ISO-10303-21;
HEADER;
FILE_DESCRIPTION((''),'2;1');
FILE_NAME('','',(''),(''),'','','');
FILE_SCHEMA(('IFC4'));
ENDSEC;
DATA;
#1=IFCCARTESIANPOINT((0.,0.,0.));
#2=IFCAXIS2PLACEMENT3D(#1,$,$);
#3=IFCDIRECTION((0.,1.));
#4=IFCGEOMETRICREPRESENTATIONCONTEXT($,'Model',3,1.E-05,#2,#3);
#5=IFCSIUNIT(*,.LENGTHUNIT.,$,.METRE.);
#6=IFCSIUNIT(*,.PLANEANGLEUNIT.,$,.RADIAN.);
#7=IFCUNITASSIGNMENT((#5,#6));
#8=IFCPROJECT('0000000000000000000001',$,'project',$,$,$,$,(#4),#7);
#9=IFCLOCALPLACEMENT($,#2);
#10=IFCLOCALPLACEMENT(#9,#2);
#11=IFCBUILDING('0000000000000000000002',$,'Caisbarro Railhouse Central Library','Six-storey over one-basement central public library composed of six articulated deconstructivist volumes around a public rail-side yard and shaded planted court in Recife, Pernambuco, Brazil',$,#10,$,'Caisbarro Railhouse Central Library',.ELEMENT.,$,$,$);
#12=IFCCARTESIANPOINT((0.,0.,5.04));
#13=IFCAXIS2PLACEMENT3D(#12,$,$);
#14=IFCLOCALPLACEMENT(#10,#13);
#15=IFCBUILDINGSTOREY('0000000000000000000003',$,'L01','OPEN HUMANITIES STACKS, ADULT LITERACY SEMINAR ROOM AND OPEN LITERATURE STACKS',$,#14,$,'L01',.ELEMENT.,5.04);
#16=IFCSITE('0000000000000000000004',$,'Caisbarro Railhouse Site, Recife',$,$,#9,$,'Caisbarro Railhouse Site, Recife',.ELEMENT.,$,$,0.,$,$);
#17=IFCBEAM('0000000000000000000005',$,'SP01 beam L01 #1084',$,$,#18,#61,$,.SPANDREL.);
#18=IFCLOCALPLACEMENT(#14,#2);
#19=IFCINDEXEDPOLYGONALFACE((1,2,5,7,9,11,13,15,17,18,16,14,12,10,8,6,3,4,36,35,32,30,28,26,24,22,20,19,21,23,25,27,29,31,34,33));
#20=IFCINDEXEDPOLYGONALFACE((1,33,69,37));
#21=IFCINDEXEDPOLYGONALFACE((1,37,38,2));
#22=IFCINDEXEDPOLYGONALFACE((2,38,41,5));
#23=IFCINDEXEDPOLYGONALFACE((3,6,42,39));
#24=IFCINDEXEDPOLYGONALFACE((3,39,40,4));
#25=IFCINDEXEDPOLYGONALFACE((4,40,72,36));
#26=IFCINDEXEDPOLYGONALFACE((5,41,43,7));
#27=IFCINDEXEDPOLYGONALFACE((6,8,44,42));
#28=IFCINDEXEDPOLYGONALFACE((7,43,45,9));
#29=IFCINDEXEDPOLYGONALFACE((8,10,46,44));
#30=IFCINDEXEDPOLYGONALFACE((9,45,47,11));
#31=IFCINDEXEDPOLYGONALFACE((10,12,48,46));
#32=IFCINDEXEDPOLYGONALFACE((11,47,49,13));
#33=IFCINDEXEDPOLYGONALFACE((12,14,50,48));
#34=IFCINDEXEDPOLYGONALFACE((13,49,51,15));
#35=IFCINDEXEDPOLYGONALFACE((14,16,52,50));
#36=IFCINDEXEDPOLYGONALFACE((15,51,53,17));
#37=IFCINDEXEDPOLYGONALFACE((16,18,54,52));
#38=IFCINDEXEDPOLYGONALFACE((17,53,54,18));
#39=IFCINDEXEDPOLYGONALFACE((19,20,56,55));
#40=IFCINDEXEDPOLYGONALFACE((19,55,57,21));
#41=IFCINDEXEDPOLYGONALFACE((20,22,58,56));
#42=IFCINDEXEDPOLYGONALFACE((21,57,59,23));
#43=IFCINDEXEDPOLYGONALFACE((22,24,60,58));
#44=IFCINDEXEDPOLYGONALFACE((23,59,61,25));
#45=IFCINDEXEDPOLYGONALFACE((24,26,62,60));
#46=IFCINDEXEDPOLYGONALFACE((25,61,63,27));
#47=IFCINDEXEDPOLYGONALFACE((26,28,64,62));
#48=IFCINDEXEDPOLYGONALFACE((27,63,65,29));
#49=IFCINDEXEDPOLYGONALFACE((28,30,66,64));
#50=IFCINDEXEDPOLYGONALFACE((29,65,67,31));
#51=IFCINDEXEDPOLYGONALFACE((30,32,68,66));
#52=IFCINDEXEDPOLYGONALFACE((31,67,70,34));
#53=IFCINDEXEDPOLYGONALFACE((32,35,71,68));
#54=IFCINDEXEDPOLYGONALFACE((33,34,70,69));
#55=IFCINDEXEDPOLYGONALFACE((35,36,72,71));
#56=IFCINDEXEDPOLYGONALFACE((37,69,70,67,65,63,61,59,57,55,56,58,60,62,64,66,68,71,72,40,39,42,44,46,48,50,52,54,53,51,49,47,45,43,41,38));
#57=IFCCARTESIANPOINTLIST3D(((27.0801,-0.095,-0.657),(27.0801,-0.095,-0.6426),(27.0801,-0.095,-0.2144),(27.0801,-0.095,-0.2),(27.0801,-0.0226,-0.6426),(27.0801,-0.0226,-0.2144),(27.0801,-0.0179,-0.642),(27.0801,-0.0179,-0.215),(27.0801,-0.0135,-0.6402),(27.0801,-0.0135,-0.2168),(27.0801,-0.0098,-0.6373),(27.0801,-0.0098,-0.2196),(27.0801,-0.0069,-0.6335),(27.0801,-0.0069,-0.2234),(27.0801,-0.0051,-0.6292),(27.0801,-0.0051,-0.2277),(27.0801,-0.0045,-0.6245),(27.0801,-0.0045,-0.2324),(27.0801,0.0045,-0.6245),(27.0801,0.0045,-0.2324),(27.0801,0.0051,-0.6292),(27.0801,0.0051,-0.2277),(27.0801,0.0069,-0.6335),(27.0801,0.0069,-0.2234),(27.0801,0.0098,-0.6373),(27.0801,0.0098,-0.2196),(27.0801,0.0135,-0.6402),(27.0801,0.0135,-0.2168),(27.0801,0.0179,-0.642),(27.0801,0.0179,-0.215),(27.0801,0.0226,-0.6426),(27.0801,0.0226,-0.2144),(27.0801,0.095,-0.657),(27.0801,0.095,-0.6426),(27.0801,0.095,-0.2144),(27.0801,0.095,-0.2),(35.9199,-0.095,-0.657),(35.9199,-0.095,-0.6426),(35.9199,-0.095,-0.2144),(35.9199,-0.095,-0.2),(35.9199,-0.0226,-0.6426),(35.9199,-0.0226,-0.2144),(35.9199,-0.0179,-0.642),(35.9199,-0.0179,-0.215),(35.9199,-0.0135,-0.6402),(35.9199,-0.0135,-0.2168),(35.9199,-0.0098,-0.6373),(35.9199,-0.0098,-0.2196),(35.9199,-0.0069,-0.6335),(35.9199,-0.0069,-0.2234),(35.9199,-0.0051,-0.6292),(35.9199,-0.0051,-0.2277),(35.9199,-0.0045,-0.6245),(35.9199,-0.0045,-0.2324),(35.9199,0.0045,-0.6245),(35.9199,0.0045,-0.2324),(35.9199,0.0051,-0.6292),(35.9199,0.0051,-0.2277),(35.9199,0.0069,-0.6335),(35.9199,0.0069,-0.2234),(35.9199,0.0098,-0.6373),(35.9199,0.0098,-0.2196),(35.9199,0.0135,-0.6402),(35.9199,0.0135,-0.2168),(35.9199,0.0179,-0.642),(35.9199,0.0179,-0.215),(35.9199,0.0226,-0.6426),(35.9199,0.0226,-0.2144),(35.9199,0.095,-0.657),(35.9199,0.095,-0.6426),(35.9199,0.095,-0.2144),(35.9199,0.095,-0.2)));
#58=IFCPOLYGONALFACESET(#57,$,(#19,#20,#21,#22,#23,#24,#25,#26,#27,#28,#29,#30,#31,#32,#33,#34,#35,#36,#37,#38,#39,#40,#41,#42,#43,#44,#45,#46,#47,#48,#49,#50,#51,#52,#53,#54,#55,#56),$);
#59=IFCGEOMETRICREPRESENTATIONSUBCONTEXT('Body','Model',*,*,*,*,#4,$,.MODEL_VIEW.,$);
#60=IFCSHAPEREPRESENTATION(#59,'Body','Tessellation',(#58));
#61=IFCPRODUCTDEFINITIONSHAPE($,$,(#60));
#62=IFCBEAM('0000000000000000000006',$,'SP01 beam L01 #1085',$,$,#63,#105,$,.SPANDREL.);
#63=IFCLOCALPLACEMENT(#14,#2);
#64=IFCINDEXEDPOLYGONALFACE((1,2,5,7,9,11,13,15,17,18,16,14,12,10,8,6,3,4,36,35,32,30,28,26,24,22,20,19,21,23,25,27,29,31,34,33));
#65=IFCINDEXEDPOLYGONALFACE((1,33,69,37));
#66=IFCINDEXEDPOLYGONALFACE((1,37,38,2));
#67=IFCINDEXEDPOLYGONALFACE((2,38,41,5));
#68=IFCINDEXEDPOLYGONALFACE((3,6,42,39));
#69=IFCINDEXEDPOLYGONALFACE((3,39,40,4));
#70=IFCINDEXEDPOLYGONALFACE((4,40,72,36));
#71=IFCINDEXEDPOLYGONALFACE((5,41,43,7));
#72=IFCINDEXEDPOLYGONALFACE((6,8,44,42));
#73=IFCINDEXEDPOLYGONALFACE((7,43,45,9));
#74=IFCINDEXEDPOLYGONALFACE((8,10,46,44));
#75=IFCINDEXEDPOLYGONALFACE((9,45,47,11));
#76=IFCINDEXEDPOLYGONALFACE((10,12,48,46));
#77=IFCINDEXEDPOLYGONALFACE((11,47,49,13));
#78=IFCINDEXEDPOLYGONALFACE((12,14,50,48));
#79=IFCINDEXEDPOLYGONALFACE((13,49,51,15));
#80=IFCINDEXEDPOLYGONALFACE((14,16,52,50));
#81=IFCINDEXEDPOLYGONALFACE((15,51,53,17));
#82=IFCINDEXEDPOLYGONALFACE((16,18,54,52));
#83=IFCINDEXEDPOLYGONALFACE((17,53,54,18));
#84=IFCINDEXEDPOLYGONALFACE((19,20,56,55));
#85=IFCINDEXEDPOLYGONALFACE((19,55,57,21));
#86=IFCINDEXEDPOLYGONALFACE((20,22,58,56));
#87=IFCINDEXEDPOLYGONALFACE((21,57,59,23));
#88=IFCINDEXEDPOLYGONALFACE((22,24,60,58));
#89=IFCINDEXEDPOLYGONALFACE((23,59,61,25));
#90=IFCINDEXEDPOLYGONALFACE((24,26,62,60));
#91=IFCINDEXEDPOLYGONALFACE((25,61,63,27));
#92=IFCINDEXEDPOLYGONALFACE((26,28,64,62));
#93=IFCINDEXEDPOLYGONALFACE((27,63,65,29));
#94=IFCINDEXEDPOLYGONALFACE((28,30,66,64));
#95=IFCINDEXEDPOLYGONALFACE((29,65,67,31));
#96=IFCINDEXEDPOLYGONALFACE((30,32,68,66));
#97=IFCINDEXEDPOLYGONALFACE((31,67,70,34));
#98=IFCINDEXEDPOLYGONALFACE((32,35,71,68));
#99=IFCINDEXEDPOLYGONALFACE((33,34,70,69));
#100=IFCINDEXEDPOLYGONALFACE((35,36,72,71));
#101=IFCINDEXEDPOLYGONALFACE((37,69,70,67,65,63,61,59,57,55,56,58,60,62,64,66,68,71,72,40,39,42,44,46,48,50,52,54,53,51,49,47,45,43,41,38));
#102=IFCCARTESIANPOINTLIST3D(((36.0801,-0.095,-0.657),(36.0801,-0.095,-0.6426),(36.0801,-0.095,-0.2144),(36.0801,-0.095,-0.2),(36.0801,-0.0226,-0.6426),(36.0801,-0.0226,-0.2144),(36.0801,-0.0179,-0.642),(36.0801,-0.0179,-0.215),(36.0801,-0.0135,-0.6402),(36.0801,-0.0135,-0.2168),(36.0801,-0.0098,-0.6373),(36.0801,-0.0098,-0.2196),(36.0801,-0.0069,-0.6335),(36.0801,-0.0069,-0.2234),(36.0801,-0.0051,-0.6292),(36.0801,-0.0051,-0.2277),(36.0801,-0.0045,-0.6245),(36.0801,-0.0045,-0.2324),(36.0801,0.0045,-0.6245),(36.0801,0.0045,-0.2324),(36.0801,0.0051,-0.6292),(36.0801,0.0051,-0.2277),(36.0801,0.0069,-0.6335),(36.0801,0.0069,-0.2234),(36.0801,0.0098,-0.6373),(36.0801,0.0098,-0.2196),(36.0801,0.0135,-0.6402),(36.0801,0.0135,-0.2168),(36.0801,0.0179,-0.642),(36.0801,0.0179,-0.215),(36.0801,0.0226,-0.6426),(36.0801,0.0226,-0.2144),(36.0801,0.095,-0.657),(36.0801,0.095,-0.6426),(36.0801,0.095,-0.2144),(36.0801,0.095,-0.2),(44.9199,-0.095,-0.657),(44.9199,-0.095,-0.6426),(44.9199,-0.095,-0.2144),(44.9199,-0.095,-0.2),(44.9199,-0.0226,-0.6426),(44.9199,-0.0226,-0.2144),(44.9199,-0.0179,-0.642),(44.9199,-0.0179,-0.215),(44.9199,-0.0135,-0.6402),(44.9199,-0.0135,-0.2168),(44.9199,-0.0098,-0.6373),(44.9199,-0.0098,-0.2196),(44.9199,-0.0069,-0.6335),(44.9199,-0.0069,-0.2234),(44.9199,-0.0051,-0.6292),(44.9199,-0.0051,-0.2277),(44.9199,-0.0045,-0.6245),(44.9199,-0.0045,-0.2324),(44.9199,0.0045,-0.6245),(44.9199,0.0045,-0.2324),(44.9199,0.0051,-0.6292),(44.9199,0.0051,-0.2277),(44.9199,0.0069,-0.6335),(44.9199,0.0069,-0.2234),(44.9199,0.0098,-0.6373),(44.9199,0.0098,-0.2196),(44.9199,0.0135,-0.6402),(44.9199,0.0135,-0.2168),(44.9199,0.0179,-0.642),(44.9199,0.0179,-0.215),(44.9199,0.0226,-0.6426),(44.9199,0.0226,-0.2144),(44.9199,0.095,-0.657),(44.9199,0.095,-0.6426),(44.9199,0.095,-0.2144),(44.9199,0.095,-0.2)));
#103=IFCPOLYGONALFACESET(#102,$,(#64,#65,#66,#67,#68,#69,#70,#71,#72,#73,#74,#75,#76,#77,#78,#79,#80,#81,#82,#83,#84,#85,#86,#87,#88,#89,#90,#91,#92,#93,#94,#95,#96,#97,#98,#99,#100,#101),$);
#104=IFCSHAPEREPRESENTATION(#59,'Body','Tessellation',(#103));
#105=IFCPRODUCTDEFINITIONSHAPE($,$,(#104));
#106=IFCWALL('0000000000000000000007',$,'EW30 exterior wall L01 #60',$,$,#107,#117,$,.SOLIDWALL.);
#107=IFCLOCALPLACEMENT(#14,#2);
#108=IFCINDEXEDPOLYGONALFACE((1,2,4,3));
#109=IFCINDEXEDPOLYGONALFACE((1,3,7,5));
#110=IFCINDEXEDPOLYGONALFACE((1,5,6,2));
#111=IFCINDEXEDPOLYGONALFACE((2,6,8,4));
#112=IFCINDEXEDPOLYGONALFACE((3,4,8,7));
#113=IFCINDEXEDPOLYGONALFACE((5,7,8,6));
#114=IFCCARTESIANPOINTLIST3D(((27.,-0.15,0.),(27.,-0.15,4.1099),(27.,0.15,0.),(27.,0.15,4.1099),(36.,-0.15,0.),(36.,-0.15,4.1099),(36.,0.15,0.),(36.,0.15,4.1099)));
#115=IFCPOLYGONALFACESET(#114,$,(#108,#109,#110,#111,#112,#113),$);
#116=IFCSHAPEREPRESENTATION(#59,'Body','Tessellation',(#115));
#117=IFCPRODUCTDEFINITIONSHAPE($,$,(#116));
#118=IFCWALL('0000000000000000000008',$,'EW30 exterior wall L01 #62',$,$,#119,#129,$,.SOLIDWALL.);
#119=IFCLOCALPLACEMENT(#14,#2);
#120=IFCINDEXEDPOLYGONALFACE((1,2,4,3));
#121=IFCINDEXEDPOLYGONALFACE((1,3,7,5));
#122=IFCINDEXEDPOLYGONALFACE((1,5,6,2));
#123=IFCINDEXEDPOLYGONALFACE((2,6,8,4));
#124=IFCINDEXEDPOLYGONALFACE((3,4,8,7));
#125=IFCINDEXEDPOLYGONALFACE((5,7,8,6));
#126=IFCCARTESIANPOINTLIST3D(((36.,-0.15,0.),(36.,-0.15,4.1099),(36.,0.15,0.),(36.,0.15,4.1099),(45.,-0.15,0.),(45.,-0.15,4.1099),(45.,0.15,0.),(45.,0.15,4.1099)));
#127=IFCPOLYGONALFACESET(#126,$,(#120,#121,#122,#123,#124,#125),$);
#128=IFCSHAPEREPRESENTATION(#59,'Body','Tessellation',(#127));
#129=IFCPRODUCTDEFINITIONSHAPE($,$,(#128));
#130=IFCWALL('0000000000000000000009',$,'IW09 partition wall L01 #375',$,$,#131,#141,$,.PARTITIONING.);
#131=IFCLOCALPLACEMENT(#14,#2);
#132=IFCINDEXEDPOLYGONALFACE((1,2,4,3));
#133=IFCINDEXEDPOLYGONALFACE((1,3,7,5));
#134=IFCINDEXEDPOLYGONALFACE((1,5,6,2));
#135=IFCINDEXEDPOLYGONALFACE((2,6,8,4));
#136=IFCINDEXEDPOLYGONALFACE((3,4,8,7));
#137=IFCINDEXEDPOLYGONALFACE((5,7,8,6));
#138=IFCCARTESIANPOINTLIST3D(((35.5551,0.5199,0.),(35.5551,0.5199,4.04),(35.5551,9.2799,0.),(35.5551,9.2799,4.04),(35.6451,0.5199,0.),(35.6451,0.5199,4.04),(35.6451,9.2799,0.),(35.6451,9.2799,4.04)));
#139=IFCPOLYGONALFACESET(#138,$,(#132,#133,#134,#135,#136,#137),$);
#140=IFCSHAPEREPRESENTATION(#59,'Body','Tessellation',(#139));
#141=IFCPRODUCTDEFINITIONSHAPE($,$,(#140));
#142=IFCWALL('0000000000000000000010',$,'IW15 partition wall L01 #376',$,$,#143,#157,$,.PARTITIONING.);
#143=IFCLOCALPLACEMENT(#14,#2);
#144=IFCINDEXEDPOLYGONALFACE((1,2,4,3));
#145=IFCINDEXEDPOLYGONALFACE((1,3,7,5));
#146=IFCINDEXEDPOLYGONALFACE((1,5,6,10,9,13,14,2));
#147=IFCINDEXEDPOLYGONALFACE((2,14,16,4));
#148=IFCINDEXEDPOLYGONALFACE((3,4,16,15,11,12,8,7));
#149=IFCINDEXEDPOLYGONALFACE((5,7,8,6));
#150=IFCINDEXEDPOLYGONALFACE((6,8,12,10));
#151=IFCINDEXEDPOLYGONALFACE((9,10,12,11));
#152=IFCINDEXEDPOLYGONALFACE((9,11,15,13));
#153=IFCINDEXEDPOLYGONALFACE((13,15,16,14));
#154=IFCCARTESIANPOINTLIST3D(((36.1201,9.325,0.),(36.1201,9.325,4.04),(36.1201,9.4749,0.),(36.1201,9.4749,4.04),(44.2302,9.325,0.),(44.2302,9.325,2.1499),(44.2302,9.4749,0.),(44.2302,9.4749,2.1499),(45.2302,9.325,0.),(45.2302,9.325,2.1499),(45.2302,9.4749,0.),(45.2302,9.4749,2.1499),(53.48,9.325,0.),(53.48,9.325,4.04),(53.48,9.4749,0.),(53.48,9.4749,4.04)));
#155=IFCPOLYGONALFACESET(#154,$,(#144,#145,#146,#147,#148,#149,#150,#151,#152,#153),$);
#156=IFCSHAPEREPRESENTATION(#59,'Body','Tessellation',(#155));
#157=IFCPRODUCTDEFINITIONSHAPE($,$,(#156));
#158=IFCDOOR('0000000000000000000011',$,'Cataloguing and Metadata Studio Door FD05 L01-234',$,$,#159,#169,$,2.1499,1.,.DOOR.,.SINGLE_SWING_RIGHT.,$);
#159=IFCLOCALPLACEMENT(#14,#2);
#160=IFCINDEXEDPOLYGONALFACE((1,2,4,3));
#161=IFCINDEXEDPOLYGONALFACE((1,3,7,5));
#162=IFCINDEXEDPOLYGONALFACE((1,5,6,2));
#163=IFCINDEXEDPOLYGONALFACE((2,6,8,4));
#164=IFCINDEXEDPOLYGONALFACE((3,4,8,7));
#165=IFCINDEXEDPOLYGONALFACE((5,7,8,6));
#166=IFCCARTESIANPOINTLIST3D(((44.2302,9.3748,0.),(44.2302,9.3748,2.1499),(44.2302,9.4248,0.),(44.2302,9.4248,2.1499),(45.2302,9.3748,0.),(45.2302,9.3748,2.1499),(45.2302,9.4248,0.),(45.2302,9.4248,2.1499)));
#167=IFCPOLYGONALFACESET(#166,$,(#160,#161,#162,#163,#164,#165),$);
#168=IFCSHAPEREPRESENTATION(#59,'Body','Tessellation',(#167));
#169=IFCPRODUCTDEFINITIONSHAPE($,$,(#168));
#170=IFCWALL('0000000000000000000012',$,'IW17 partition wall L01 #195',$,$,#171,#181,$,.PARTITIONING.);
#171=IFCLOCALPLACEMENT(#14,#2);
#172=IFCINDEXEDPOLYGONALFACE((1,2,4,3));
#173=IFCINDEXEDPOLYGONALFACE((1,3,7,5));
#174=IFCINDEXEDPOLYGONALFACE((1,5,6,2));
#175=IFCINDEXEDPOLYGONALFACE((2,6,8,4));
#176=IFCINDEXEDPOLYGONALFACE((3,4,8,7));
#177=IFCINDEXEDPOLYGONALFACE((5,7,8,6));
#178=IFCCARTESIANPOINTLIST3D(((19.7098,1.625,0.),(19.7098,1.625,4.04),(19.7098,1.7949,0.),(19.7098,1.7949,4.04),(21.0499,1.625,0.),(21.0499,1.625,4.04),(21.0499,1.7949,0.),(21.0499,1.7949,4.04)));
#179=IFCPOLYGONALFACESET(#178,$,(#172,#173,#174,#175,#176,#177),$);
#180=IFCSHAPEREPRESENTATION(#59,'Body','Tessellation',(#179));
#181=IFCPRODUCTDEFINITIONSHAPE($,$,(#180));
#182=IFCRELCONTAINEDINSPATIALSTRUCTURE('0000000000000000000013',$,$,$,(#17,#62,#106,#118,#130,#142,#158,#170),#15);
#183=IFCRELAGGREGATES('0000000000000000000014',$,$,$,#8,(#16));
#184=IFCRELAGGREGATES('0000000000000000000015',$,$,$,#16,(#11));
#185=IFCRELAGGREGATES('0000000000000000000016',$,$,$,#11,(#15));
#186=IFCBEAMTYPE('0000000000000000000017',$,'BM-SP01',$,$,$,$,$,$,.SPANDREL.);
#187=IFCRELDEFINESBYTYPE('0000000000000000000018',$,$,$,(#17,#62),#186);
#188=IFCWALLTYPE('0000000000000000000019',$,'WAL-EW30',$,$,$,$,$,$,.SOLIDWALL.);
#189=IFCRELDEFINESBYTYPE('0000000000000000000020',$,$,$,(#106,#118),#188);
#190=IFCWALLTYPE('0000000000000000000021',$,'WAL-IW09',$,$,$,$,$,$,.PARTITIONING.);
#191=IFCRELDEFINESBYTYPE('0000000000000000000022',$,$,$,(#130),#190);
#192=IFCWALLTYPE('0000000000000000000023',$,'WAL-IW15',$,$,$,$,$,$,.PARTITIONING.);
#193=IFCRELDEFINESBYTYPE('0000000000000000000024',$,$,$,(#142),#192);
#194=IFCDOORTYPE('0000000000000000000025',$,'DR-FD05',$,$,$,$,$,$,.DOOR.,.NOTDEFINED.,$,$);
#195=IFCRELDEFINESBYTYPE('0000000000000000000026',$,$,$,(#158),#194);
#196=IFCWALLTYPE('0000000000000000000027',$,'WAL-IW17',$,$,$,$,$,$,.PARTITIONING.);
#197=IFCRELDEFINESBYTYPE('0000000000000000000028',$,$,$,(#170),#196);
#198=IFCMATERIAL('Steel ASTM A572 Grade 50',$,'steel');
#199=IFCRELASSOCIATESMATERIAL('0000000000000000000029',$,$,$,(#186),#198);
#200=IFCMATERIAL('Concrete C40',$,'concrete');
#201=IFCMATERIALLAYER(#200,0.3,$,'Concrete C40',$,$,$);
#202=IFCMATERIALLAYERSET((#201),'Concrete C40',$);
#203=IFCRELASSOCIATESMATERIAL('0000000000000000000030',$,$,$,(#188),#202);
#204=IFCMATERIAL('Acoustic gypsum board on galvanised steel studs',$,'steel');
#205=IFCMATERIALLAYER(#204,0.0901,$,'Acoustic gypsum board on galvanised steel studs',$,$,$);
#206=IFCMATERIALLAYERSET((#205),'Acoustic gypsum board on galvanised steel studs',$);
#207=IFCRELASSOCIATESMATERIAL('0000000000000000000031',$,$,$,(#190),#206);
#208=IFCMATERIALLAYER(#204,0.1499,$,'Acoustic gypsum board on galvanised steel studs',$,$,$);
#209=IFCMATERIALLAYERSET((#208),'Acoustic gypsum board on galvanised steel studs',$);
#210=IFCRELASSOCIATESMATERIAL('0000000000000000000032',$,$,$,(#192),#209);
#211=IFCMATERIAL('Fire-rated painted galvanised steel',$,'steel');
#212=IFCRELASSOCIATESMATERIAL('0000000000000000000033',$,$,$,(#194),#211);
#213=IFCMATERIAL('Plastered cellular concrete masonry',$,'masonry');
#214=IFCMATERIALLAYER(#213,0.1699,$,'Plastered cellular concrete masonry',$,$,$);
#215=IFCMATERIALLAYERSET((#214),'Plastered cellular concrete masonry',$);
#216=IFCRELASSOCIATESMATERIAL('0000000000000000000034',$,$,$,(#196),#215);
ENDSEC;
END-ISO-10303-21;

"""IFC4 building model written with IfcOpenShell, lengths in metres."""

from ifc_helpers import new_model, si_unit, direction, frame, frame_2d, origin, origin_2d, place, context, subcontext, project, spatial, rectangle, i_section, extrude, material, layer, layer_set, material_profile, profile_set, type_object, element, fill, save


model = new_model("IFC4")

# Units and contexts
model_context = context("Model", 3, precision=1e-05, world=origin(), true_north=direction((0.0, 1.0)))
body_context = subcontext(model_context, "Body", "Model", "MODEL_VIEW")
ifc_project = project(units=[si_unit("LENGTHUNIT", "METRE"), si_unit("PLANEANGLEUNIT", "RADIAN")], contexts=[model_context])

# Site, building, storey
site_placement = place(None, origin())
site = spatial("IfcSite", under=ifc_project, at=site_placement, Name="Caisbarro Railhouse Site, Recife", LongName="Caisbarro Railhouse Site, Recife", CompositionType="ELEMENT", RefElevation=0.0)
building_placement = place(site_placement, origin())
building = spatial("IfcBuilding", under=site, at=building_placement, Name="Caisbarro Railhouse Central Library", Description="Six-storey over one-basement central public library composed of six articulated deconstructivist volumes around a public rail-side yard and shaded planted court in Recife, Pernambuco, Brazil", LongName="Caisbarro Railhouse Central Library", CompositionType="ELEMENT")
storey_placement = place(building_placement, frame((0.0, 0.0, 5.04)))
storey = spatial("IfcBuildingStorey", under=building, at=storey_placement, Name="L01", Description="OPEN HUMANITIES STACKS, ADULT LITERACY SEMINAR ROOM AND OPEN LITERATURE STACKS", LongName="L01", CompositionType="ELEMENT", Elevation=5.04)

# Shared definitions
ifc_material_1 = material(Name="Steel ASTM A572 Grade 50", Category="steel")

# Beams
ifc_material_profile_1 = material_profile(ifc_material_1, i_section(OverallWidth=0.1899, OverallDepth=0.457, WebThickness=0.009, FlangeThickness=0.0144, FilletRadius=0.0181, at=origin_2d()), Name="W460X74.0")
ifc_profile_set_1 = profile_set([ifc_material_profile_1], Name="Steel ASTM A572 Grade 50")
beam_type_1 = type_object("IfcBeamType", Name="BM-SP01", PredefinedType="SPANDREL", material=ifc_profile_set_1)
for number, where, z_axis, x_axis, name in (
    (1, (27.0801, 0.0, -0.4285), (1.0, 0.0, 0.0), (0.0, 1.0, 0.0), "SP01 beam L01 #1084"),
    (2, (36.0801, 0.0, -0.4285), (1.0, 0.0, 0.0), (0.0, 1.0, 0.0), "SP01 beam L01 #1085"),
):
    element("IfcBeam", number, at=place(storey_placement, frame(where, z_axis=z_axis, x_axis=x_axis)), inside=storey, type_object=beam_type_1, Name=name, PredefinedType="SPANDREL", context=body_context, shape_type="SweptSolid", body=[
        extrude(i_section(OverallWidth=0.1899, OverallDepth=0.457, WebThickness=0.009, FlangeThickness=0.0144, FilletRadius=0.0181, at=origin_2d()), origin(), (0.0, 0.0, 1.0), 8.8398),
    ])

# Walls
ifc_material_2 = material(Name="Concrete C40", Category="concrete")
ifc_layer_1 = layer(ifc_material_2, 0.3, Name="Concrete C40")
ifc_layer_set_1 = layer_set([ifc_layer_1], Name="Concrete C40")
wall_type_1 = type_object("IfcWallType", Name="WAL-EW30", PredefinedType="SOLIDWALL", material=ifc_layer_set_1)
for number, where, z_axis, x_axis, name in (
    (3, (27.0, 0.0, 0.0), (0.0, 0.0, 1.0), (1.0, 0.0, 0.0), "EW30 exterior wall L01 #60"),
    (4, (36.0, 0.0, 0.0), (0.0, 0.0, 1.0), (1.0, 0.0, 0.0), "EW30 exterior wall L01 #62"),
):
    element("IfcWall", number, at=place(storey_placement, frame(where, z_axis=z_axis, x_axis=x_axis)), inside=storey, type_object=wall_type_1, Name=name, PredefinedType="SOLIDWALL", context=body_context, shape_type="SweptSolid", body=[
        extrude(rectangle(XDim=9.0, YDim=0.3, at=frame_2d((4.5, 0.0))), origin(), (0.0, 0.0, 1.0), 4.1099),
    ])
ifc_material_3 = material(Name="Acoustic gypsum board on galvanised steel studs", Category="steel")
ifc_layer_2 = layer(ifc_material_3, 0.0901, Name="Acoustic gypsum board on galvanised steel studs")
ifc_layer_set_2 = layer_set([ifc_layer_2], Name="Acoustic gypsum board on galvanised steel studs")
wall_type_2 = type_object("IfcWallType", Name="WAL-IW09", PredefinedType="PARTITIONING", material=ifc_layer_set_2)
wall_1_placement = place(storey_placement, frame((35.6001, 0.52, 0.0), z_axis=(0.0, 0.0, 1.0), x_axis=(0.0, 1.0, 0.0)))
element("IfcWall", 5, at=wall_1_placement, inside=storey, type_object=wall_type_2, Name="IW09 partition wall L01 #375", PredefinedType="PARTITIONING", context=body_context, shape_type="SweptSolid", body=[
    extrude(rectangle(XDim=8.76, YDim=0.0901, at=frame_2d((4.3799, 0.0))), origin(), (0.0, 0.0, 1.0), 4.04),
])

# Wall, opening, door
ifc_layer_3 = layer(ifc_material_3, 0.1499, Name="Acoustic gypsum board on galvanised steel studs")
ifc_layer_set_3 = layer_set([ifc_layer_3], Name="Acoustic gypsum board on galvanised steel studs")
wall_type_3 = type_object("IfcWallType", Name="WAL-IW15", PredefinedType="PARTITIONING", material=ifc_layer_set_3)
wall_2_placement = place(storey_placement, frame((36.1201, 9.3999, 0.0), z_axis=(0.0, 0.0, 1.0), x_axis=(1.0, 0.0, 0.0)))
wall_2 = element("IfcWall", 6, at=wall_2_placement, inside=storey, type_object=wall_type_3, Name="IW15 partition wall L01 #376", PredefinedType="PARTITIONING", context=body_context, shape_type="SweptSolid", body=[
    extrude(rectangle(XDim=17.3599, YDim=0.1499, at=frame_2d((8.6799, 0.0))), origin(), (0.0, 0.0, 1.0), 4.04),
])
opening_placement = place(wall_2_placement, frame((8.1101, 0.0, 0.0)))
opening = element("IfcOpeningElement", 7, at=opening_placement, cuts=wall_2, PredefinedType="OPENING", context=body_context, shape_type="SweptSolid", body=[
    extrude(rectangle(XDim=1.0, YDim=2.1499, at=frame_2d((0.5, 1.075))), frame((0.0, 0.085, 0.0), z_axis=(0.0, -1.0, 0.0), x_axis=(1.0, 0.0, 0.0)), (0.0, 0.0, 1.0), 0.1699),
])
ifc_material_4 = material(Name="Fire-rated painted galvanised steel", Category="steel")
door_type = type_object("IfcDoorType", Name="DR-FD05", OperationType="NOTDEFINED", PredefinedType="DOOR", material=ifc_material_4)
door_placement = place(opening_placement, origin())
door = element("IfcDoor", 8, at=door_placement, inside=storey, type_object=door_type, Name="Cataloguing and Metadata Studio Door FD05 L01-234", OperationType="SINGLE_SWING_RIGHT", OverallHeight=2.1499, OverallWidth=1.0, PredefinedType="DOOR", context=body_context, shape_type="SweptSolid", body=[
    extrude(rectangle(XDim=1.0, YDim=2.1499, at=frame_2d((0.5, 1.075))), frame((0.0, 0.0249, 0.0), z_axis=(0.0, -1.0, 0.0), x_axis=(1.0, 0.0, 0.0)), (0.0, 0.0, 1.0), 0.05),
])
fill(opening, door)

# Wall
ifc_material_5 = material(Name="Plastered cellular concrete masonry", Category="masonry")
ifc_layer_4 = layer(ifc_material_5, 0.1699, Name="Plastered cellular concrete masonry")
ifc_layer_set_4 = layer_set([ifc_layer_4], Name="Plastered cellular concrete masonry")
wall_type_4 = type_object("IfcWallType", Name="WAL-IW17", PredefinedType="PARTITIONING", material=ifc_layer_set_4)
wall_3_placement = place(storey_placement, frame((19.71, 1.71, 0.0), z_axis=(0.0, 0.0, 1.0), x_axis=(1.0, 0.0, 0.0)))
element("IfcWall", 9, at=wall_3_placement, inside=storey, type_object=wall_type_4, Name="IW17 partition wall L01 #195", PredefinedType="PARTITIONING", context=body_context, shape_type="SweptSolid", body=[
    extrude(rectangle(XDim=1.3401, YDim=0.1699, at=frame_2d((0.6699, 0.0))), origin(), (0.0, 0.0, 1.0), 4.04),
])

save(model, "model.ifc")
